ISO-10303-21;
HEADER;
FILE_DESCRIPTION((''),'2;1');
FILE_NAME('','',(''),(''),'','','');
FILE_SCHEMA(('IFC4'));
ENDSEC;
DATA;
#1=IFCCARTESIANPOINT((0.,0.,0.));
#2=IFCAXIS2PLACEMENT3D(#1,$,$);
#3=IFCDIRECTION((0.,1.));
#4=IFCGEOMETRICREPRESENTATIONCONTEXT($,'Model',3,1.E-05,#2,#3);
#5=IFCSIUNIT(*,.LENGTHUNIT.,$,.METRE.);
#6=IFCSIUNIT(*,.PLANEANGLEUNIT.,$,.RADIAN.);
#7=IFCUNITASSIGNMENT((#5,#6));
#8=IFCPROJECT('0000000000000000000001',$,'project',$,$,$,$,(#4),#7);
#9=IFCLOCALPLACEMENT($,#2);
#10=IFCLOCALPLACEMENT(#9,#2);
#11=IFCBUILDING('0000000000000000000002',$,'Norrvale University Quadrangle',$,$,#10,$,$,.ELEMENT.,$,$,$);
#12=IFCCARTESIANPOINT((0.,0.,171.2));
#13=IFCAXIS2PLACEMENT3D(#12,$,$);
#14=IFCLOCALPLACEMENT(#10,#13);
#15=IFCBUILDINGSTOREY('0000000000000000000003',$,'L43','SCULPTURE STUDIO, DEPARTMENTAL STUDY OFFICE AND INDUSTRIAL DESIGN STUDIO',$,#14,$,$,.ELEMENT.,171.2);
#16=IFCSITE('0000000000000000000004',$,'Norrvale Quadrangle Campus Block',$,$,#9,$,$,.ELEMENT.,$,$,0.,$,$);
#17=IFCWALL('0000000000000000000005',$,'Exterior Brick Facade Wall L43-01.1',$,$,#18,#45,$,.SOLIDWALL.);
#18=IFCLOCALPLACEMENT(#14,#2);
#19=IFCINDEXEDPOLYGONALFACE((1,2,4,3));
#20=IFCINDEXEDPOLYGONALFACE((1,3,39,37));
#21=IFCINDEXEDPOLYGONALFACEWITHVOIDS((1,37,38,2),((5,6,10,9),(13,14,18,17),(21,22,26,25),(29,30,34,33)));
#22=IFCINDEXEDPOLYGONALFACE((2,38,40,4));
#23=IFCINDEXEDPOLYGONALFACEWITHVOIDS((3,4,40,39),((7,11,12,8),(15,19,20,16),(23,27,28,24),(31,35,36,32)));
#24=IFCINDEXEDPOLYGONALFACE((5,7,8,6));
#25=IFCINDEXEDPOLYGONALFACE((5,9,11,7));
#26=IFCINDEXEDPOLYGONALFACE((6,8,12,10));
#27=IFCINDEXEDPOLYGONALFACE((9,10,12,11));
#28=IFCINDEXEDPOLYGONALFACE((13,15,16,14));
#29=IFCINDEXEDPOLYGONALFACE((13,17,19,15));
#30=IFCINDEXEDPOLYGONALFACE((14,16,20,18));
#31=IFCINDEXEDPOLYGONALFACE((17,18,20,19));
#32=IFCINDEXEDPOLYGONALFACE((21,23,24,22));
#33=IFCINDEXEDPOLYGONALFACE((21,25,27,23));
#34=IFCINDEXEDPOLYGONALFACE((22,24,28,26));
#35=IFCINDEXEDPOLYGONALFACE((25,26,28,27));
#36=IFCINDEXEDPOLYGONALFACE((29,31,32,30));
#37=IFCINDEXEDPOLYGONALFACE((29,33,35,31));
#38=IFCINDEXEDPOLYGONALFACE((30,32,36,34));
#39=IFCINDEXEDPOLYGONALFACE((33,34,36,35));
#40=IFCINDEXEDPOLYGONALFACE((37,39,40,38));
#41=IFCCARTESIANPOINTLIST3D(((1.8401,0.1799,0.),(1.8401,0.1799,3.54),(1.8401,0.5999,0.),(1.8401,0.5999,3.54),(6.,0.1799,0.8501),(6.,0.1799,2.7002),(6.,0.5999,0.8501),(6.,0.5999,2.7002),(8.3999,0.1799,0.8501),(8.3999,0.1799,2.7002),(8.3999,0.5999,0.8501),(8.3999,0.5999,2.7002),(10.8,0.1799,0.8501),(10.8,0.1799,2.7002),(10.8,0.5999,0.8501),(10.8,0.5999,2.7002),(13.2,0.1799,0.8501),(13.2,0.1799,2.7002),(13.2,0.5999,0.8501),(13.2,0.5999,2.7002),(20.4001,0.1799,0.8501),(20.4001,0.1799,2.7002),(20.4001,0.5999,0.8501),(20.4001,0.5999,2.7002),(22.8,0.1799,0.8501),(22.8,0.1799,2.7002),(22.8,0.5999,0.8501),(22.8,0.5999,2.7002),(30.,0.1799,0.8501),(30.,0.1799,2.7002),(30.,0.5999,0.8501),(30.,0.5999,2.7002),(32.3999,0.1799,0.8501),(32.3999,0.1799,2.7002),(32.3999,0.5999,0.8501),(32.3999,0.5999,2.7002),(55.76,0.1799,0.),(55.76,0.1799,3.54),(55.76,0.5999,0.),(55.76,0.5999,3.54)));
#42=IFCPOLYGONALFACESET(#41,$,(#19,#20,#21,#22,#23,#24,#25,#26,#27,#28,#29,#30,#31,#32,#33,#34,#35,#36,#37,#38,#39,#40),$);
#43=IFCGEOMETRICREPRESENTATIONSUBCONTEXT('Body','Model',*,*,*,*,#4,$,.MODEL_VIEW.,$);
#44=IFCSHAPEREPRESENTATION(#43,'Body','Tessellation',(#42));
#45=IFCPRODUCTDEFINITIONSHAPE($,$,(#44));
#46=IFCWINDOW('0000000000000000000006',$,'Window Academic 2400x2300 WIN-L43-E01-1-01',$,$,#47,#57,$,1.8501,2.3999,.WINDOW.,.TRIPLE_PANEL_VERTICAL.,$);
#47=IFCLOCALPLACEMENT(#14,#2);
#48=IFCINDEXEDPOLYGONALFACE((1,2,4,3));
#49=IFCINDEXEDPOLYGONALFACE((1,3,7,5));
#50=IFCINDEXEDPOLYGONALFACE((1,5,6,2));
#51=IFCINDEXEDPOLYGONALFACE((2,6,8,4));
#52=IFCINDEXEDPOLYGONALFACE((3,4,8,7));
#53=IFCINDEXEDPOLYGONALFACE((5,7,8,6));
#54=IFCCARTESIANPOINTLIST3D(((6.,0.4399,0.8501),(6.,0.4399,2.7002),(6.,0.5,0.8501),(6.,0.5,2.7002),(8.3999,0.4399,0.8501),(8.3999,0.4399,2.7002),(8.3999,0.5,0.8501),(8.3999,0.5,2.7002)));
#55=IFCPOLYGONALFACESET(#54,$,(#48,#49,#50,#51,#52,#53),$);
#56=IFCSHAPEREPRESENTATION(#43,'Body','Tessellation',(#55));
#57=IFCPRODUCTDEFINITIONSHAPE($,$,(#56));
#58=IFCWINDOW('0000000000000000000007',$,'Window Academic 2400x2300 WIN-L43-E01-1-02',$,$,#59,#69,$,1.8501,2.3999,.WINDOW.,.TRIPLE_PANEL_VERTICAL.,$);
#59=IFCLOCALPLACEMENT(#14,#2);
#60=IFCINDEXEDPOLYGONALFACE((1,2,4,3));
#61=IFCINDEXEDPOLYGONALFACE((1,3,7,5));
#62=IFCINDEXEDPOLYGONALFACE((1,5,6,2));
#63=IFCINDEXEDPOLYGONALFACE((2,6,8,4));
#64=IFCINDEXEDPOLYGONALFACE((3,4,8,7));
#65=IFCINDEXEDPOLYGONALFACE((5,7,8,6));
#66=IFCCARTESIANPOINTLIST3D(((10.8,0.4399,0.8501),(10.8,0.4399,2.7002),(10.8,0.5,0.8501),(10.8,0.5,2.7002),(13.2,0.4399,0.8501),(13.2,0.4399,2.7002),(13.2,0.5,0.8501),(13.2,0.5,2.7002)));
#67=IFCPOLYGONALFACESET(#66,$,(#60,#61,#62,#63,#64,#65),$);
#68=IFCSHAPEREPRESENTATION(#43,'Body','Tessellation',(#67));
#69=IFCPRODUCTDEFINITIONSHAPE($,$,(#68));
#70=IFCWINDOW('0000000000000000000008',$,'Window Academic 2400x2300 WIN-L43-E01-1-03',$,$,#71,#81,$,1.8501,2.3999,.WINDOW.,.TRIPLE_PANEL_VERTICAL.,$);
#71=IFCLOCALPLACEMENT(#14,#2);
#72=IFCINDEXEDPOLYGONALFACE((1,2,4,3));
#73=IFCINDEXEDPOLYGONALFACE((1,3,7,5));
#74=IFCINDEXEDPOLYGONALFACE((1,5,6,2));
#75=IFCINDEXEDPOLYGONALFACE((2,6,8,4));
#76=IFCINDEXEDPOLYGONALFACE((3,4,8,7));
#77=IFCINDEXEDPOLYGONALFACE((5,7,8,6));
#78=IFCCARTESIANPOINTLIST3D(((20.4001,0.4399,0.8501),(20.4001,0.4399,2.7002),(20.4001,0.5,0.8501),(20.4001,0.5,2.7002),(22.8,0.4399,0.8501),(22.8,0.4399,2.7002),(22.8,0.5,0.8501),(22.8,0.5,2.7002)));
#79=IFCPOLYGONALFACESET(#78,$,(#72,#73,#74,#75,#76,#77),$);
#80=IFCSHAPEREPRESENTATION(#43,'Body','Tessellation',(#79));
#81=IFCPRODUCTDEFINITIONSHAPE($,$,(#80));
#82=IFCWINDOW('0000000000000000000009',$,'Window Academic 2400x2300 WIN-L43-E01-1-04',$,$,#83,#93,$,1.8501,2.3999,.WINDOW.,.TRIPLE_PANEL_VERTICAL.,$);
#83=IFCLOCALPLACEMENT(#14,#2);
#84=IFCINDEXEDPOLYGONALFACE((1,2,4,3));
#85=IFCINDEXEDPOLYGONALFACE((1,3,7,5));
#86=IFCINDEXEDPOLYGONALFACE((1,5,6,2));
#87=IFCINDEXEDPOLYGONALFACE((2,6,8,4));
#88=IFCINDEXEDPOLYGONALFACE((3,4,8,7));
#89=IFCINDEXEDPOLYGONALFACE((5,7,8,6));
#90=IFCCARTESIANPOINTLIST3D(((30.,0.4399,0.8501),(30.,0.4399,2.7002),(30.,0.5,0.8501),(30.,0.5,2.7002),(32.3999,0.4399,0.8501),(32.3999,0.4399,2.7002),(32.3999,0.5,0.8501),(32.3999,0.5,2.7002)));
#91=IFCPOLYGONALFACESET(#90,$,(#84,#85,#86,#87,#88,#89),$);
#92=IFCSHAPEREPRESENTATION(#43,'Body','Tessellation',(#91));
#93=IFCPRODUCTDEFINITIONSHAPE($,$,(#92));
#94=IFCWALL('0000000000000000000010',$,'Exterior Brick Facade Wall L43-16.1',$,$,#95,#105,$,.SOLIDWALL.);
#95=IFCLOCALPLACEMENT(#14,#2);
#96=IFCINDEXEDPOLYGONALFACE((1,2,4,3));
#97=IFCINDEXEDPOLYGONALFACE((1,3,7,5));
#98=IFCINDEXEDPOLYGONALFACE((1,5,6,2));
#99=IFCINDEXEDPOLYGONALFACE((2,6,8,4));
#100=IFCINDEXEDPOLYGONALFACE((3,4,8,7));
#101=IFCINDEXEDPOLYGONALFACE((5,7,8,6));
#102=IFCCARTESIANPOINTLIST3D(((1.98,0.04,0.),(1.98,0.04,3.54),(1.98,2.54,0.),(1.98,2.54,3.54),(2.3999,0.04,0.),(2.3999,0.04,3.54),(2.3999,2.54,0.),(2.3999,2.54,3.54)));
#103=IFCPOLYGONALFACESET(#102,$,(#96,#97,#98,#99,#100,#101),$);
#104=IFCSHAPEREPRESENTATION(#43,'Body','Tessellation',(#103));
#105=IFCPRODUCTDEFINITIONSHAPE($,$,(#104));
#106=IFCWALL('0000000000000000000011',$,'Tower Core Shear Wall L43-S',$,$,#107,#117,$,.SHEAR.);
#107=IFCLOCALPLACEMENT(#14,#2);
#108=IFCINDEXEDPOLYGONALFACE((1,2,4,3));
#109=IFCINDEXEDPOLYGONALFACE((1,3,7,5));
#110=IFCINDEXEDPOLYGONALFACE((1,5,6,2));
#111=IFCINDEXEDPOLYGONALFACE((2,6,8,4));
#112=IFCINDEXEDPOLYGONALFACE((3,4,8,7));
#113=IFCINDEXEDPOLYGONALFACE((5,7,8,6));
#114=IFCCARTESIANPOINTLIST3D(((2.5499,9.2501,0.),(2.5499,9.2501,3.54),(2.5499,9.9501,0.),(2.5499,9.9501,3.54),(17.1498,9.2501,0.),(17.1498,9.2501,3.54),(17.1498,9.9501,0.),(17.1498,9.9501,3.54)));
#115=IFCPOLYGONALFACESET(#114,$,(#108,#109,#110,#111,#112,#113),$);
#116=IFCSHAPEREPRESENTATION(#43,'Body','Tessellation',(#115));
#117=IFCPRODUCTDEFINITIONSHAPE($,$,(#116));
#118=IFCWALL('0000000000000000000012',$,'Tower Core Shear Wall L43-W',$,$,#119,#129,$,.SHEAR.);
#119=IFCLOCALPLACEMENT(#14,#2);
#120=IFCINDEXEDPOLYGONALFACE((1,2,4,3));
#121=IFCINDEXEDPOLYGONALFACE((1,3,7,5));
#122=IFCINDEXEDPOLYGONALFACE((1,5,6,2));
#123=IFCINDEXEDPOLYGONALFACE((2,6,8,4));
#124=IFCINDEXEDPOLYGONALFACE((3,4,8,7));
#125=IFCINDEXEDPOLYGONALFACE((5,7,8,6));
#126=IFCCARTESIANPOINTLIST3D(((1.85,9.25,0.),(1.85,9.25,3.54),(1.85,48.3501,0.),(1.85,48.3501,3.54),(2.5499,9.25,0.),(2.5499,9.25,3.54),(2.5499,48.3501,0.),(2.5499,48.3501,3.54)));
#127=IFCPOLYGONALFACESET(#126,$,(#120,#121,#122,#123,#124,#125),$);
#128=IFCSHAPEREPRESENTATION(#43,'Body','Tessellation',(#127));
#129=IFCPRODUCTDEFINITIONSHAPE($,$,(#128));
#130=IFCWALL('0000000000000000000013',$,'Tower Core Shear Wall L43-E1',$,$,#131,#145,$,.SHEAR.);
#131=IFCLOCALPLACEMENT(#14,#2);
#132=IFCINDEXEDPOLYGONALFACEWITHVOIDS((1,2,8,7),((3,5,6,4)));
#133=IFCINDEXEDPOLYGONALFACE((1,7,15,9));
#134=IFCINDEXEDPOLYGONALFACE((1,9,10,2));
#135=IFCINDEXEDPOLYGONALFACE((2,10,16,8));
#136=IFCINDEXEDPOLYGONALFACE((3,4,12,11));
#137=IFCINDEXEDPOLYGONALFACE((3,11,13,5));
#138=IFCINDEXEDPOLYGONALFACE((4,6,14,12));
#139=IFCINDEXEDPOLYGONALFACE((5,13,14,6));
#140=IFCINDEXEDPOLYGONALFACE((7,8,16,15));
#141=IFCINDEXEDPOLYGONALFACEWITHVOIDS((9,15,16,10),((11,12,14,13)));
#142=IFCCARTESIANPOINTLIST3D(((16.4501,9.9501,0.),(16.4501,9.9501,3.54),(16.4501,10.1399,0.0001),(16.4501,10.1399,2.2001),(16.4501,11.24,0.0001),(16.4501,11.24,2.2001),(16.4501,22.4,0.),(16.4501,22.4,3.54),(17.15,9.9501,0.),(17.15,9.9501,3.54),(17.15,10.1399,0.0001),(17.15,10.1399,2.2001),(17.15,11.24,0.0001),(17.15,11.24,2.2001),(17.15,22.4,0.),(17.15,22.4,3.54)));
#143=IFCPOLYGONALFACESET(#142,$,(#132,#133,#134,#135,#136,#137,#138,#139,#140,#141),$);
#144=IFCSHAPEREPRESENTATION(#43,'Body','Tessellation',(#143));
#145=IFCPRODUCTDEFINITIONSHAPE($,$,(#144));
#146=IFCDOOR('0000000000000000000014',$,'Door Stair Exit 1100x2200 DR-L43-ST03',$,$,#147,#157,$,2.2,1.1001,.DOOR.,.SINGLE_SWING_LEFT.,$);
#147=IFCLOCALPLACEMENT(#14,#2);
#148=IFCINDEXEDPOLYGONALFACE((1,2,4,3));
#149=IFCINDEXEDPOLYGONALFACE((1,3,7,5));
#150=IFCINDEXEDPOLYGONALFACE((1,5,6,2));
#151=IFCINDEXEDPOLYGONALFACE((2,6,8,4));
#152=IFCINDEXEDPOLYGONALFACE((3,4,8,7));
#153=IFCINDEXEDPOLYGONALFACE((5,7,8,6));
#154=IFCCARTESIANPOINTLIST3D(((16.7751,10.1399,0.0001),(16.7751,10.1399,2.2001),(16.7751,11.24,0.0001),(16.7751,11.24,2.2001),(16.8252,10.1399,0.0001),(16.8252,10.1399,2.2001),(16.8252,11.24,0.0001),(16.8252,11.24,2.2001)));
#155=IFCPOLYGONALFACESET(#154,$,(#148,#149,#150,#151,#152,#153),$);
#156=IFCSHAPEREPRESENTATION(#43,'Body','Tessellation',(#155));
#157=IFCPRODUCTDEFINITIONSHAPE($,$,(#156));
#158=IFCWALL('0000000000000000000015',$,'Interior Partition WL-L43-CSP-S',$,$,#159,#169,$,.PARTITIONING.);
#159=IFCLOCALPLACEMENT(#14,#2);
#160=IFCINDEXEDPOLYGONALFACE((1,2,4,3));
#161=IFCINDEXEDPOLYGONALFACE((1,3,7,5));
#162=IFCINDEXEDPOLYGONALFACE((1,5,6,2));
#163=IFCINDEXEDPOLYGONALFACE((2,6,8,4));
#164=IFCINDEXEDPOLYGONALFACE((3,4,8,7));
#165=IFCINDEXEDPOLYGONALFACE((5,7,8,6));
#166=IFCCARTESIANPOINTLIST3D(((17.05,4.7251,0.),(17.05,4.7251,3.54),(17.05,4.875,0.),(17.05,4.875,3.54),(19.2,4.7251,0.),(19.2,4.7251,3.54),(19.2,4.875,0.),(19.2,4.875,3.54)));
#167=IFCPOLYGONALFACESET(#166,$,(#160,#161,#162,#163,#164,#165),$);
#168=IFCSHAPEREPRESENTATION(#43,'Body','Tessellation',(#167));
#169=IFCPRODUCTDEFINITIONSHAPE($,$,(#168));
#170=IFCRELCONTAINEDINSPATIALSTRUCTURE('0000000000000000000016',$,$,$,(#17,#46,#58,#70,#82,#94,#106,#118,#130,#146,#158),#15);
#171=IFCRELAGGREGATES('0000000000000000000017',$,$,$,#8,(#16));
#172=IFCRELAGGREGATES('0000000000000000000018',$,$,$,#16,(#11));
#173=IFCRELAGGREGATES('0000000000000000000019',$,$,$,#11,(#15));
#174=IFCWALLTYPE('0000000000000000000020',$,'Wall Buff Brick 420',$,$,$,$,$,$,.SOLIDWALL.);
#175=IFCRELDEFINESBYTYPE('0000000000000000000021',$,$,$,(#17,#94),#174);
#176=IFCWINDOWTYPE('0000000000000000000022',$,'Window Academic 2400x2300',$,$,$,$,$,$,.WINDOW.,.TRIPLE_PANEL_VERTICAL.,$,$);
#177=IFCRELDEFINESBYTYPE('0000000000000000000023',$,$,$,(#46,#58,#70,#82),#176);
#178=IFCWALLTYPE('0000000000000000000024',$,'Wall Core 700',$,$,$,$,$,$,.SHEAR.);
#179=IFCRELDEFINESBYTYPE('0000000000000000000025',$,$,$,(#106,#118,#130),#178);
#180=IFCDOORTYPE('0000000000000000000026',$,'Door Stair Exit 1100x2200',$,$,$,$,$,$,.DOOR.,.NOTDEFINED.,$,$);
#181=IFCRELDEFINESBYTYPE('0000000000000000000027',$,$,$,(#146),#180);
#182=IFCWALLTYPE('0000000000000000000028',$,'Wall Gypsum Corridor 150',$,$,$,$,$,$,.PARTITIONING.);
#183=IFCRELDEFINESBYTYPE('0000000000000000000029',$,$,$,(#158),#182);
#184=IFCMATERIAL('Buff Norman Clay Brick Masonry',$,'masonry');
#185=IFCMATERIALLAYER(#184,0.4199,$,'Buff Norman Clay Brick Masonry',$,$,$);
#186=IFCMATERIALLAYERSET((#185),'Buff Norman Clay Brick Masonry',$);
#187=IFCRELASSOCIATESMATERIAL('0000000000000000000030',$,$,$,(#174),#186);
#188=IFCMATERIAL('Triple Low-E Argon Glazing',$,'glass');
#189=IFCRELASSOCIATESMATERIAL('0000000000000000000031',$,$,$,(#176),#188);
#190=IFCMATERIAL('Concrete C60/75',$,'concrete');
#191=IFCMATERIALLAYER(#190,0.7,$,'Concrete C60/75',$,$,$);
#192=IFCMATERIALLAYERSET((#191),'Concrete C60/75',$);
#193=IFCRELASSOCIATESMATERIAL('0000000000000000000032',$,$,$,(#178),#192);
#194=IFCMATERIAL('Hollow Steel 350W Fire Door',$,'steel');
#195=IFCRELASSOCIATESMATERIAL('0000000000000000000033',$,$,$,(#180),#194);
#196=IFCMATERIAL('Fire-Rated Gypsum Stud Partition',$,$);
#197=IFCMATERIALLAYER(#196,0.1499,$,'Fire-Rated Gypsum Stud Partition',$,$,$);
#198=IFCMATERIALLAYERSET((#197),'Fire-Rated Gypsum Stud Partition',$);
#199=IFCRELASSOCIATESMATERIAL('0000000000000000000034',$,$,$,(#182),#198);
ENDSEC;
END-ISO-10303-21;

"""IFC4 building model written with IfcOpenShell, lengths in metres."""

from ifc_helpers import new_model, si_unit, direction, frame, frame_2d, origin, place, context, subcontext, project, spatial, rectangle, extrude, material, layer, layer_set, type_object, element, fill, save


model = new_model("IFC4")

# Units and contexts
model_context = context("Model", 3, precision=1e-05, world=origin(), true_north=direction((0.0, 1.0)))
body_context = subcontext(model_context, "Body", "Model", "MODEL_VIEW")
ifc_project = project(units=[si_unit("LENGTHUNIT", "METRE"), si_unit("PLANEANGLEUNIT", "RADIAN")], contexts=[model_context])

# Site, building, storey
site_placement = place(None, origin())
site = spatial("IfcSite", under=ifc_project, at=site_placement, Name="Norrvale Quadrangle Campus Block", CompositionType="ELEMENT", RefElevation=0.0)
building_placement = place(site_placement, origin())
building = spatial("IfcBuilding", under=site, at=building_placement, Name="Norrvale University Quadrangle", CompositionType="ELEMENT")
storey_placement = place(building_placement, frame((0.0, 0.0, 171.2)))
storey = spatial("IfcBuildingStorey", under=building, at=storey_placement, Name="L43", Description="SCULPTURE STUDIO, DEPARTMENTAL STUDY OFFICE AND INDUSTRIAL DESIGN STUDIO", CompositionType="ELEMENT", Elevation=171.2)

# Shared definitions
ifc_material_1 = material(Name="Concrete C60/75", Category="concrete")

# Wall, openings, windows
ifc_material_2 = material(Name="Buff Norman Clay Brick Masonry", Category="masonry")
ifc_layer_1 = layer(ifc_material_2, 0.4199, Name="Buff Norman Clay Brick Masonry")
ifc_layer_set_1 = layer_set([ifc_layer_1], Name="Buff Norman Clay Brick Masonry")
wall_type_1 = type_object("IfcWallType", Name="Wall Buff Brick 420", PredefinedType="SOLIDWALL", material=ifc_layer_set_1)
wall_1_placement = place(storey_placement, frame((1.8401, 0.3899, 0.0), z_axis=(0.0, 0.0, 1.0), x_axis=(1.0, 0.0, 0.0)))
wall_1 = element("IfcWall", 1, at=wall_1_placement, inside=storey, type_object=wall_type_1, Name="Exterior Brick Facade Wall L43-01.1", PredefinedType="SOLIDWALL", context=body_context, shape_type="SweptSolid", body=[
    extrude(rectangle(XDim=53.9199, YDim=0.4199, at=frame_2d((26.96, 0.0))), origin(), (0.0, 0.0, 1.0), 3.54),
])
opening_1_placement = place(wall_1_placement, frame((4.1599, 0.0, 0.8501)))
opening_1 = element("IfcOpeningElement", 2, at=opening_1_placement, cuts=wall_1, PredefinedType="OPENING", context=body_context, shape_type="SweptSolid", body=[
    extrude(rectangle(XDim=2.3999, YDim=1.8501, at=frame_2d((1.2, 0.925))), frame((0.0, 0.2219, 0.0), z_axis=(0.0, -1.0, 0.0), x_axis=(1.0, 0.0, 0.0)), (0.0, 0.0, 1.0), 0.4438),
])
opening_2_placement = place(wall_1_placement, frame((8.96, 0.0, 0.8501)))
opening_2 = element("IfcOpeningElement", 3, at=opening_2_placement, cuts=wall_1, PredefinedType="OPENING", context=body_context, shape_type="SweptSolid", body=[
    extrude(rectangle(XDim=2.3999, YDim=1.8501, at=frame_2d((1.2, 0.925))), frame((0.0, 0.2219, 0.0), z_axis=(0.0, -1.0, 0.0), x_axis=(1.0, 0.0, 0.0)), (0.0, 0.0, 1.0), 0.4438),
])
opening_3_placement = place(wall_1_placement, frame((18.5601, 0.0, 0.8501)))
opening_3 = element("IfcOpeningElement", 4, at=opening_3_placement, cuts=wall_1, PredefinedType="OPENING", context=body_context, shape_type="SweptSolid", body=[
    extrude(rectangle(XDim=2.3999, YDim=1.8501, at=frame_2d((1.2, 0.925))), frame((0.0, 0.2219, 0.0), z_axis=(0.0, -1.0, 0.0), x_axis=(1.0, 0.0, 0.0)), (0.0, 0.0, 1.0), 0.4438),
])
opening_4_placement = place(wall_1_placement, frame((28.1599, 0.0, 0.8501)))
opening_4 = element("IfcOpeningElement", 5, at=opening_4_placement, cuts=wall_1, PredefinedType="OPENING", context=body_context, shape_type="SweptSolid", body=[
    extrude(rectangle(XDim=2.3999, YDim=1.8501, at=frame_2d((1.2, 0.925))), frame((0.0, 0.2219, 0.0), z_axis=(0.0, -1.0, 0.0), x_axis=(1.0, 0.0, 0.0)), (0.0, 0.0, 1.0), 0.4438),
])
ifc_material_3 = material(Name="Triple Low-E Argon Glazing", Category="glass")
window_type = type_object("IfcWindowType", Name="Window Academic 2400x2300", PartitioningType="TRIPLE_PANEL_VERTICAL", PredefinedType="WINDOW", material=ifc_material_3)
window_1_placement = place(opening_1_placement, origin())
window_1 = element("IfcWindow", 6, at=window_1_placement, inside=storey, type_object=window_type, Name="Window Academic 2400x2300 WIN-L43-E01-1-01", OverallHeight=1.8501, OverallWidth=2.3999, PartitioningType="TRIPLE_PANEL_VERTICAL", PredefinedType="WINDOW", context=body_context, shape_type="SweptSolid", body=[
    extrude(rectangle(XDim=2.3999, YDim=1.8501, at=frame_2d((1.2, 0.925))), frame((0.0, 0.1101, 0.0), z_axis=(0.0, -1.0, 0.0), x_axis=(1.0, 0.0, 0.0)), (0.0, 0.0, 1.0), 0.0601),
])
fill(opening_1, window_1)
window_2_placement = place(opening_2_placement, origin())
window_2 = element("IfcWindow", 7, at=window_2_placement, inside=storey, type_object=window_type, Name="Window Academic 2400x2300 WIN-L43-E01-1-02", OverallHeight=1.8501, OverallWidth=2.3999, PartitioningType="TRIPLE_PANEL_VERTICAL", PredefinedType="WINDOW", context=body_context, shape_type="SweptSolid", body=[
    extrude(rectangle(XDim=2.3999, YDim=1.8501, at=frame_2d((1.2, 0.925))), frame((0.0, 0.1101, 0.0), z_axis=(0.0, -1.0, 0.0), x_axis=(1.0, 0.0, 0.0)), (0.0, 0.0, 1.0), 0.0601),
])
fill(opening_2, window_2)
window_3_placement = place(opening_3_placement, origin())
window_3 = element("IfcWindow", 8, at=window_3_placement, inside=storey, type_object=window_type, Name="Window Academic 2400x2300 WIN-L43-E01-1-03", OverallHeight=1.8501, OverallWidth=2.3999, PartitioningType="TRIPLE_PANEL_VERTICAL", PredefinedType="WINDOW", context=body_context, shape_type="SweptSolid", body=[
    extrude(rectangle(XDim=2.3999, YDim=1.8501, at=frame_2d((1.2, 0.925))), frame((0.0, 0.1101, 0.0), z_axis=(0.0, -1.0, 0.0), x_axis=(1.0, 0.0, 0.0)), (0.0, 0.0, 1.0), 0.0601),
])
fill(opening_3, window_3)
window_4_placement = place(opening_4_placement, origin())
window_4 = element("IfcWindow", 9, at=window_4_placement, inside=storey, type_object=window_type, Name="Window Academic 2400x2300 WIN-L43-E01-1-04", OverallHeight=1.8501, OverallWidth=2.3999, PartitioningType="TRIPLE_PANEL_VERTICAL", PredefinedType="WINDOW", context=body_context, shape_type="SweptSolid", body=[
    extrude(rectangle(XDim=2.3999, YDim=1.8501, at=frame_2d((1.2, 0.925))), frame((0.0, 0.1101, 0.0), z_axis=(0.0, -1.0, 0.0), x_axis=(1.0, 0.0, 0.0)), (0.0, 0.0, 1.0), 0.0601),
])
fill(opening_4, window_4)

# Walls
wall_2_placement = place(storey_placement, frame((2.1899, 2.54, 0.0), z_axis=(0.0, 0.0, 1.0), x_axis=(0.0, -1.0, 0.0)))
element("IfcWall", 10, at=wall_2_placement, inside=storey, type_object=wall_type_1, Name="Exterior Brick Facade Wall L43-16.1", PredefinedType="SOLIDWALL", context=body_context, shape_type="SweptSolid", body=[
    extrude(rectangle(XDim=2.5, YDim=0.4199, at=frame_2d((1.25, 0.0))), origin(), (0.0, 0.0, 1.0), 3.54),
])
ifc_layer_2 = layer(ifc_material_1, 0.7, Name="Concrete C60/75")
ifc_layer_set_2 = layer_set([ifc_layer_2], Name="Concrete C60/75")
wall_type_2 = type_object("IfcWallType", Name="Wall Core 700", PredefinedType="SHEAR", material=ifc_layer_set_2)
wall_3_placement = place(storey_placement, frame((2.55, 9.6001, 0.0), z_axis=(0.0, 0.0, 1.0), x_axis=(1.0, 0.0, 0.0)))
element("IfcWall", 11, at=wall_3_placement, inside=storey, type_object=wall_type_2, Name="Tower Core Shear Wall L43-S", PredefinedType="SHEAR", context=body_context, shape_type="SweptSolid", body=[
    extrude(rectangle(XDim=14.5999, YDim=0.7, at=frame_2d((7.2998, 0.0))), origin(), (0.0, 0.0, 1.0), 3.54),
])
wall_4_placement = place(storey_placement, frame((2.2, 9.25, 0.0), z_axis=(0.0, 0.0, 1.0), x_axis=(0.0, 1.0, 0.0)))
element("IfcWall", 12, at=wall_4_placement, inside=storey, type_object=wall_type_2, Name="Tower Core Shear Wall L43-W", PredefinedType="SHEAR", context=body_context, shape_type="SweptSolid", body=[
    extrude(rectangle(XDim=39.1001, YDim=0.7, at=frame_2d((19.55, 0.0))), origin(), (0.0, 0.0, 1.0), 3.54),
])

# Wall, opening, door
wall_5_placement = place(storey_placement, frame((16.8, 9.95, 0.0), z_axis=(0.0, 0.0, 1.0), x_axis=(0.0, 1.0, 0.0)))
wall_5 = element("IfcWall", 13, at=wall_5_placement, inside=storey, type_object=wall_type_2, Name="Tower Core Shear Wall L43-E1", PredefinedType="SHEAR", context=body_context, shape_type="SweptSolid", body=[
    extrude(rectangle(XDim=12.45, YDim=0.7, at=frame_2d((6.2251, 0.0))), origin(), (0.0, 0.0, 1.0), 3.54),
])
opening_5_placement = place(wall_5_placement, frame((0.1899, 0.0, 0.0)))
opening_5 = element("IfcOpeningElement", 14, at=opening_5_placement, cuts=wall_5, PredefinedType="OPENING", context=body_context, shape_type="SweptSolid", body=[
    extrude(rectangle(XDim=1.1001, YDim=2.2, at=frame_2d((0.55, 1.1001))), frame((0.0, 0.3621, 0.0), z_axis=(0.0, -1.0, 0.0), x_axis=(1.0, 0.0, 0.0)), (0.0, 0.0, 1.0), 0.7239),
])
ifc_material_4 = material(Name="Hollow Steel 350W Fire Door", Category="steel")
door_type_1 = type_object("IfcDoorType", Name="Door Stair Exit 1100x2200", OperationType="NOTDEFINED", PredefinedType="DOOR", material=ifc_material_4)
door_1_placement = place(opening_5_placement, origin())
door_1 = element("IfcDoor", 15, at=door_1_placement, inside=storey, type_object=door_type_1, Name="Door Stair Exit 1100x2200 DR-L43-ST03", OperationType="SINGLE_SWING_LEFT", OverallHeight=2.2, OverallWidth=1.1001, PredefinedType="DOOR", context=body_context, shape_type="SweptSolid", body=[
    extrude(rectangle(XDim=1.1001, YDim=2.2, at=frame_2d((0.55, 1.1001))), frame((0.0, 0.0249, 0.0), z_axis=(0.0, -1.0, 0.0), x_axis=(1.0, 0.0, 0.0)), (0.0, 0.0, 1.0), 0.05),
])
fill(opening_5, door_1)

# Wall
ifc_material_5 = material(Name="Fire-Rated Gypsum Stud Partition")
ifc_layer_3 = layer(ifc_material_5, 0.1499, Name="Fire-Rated Gypsum Stud Partition")
ifc_layer_set_3 = layer_set([ifc_layer_3], Name="Fire-Rated Gypsum Stud Partition")
wall_type_3 = type_object("IfcWallType", Name="Wall Gypsum Corridor 150", PredefinedType="PARTITIONING", material=ifc_layer_set_3)
wall_6_placement = place(storey_placement, frame((17.05, 4.8, 0.0), z_axis=(0.0, 0.0, 1.0), x_axis=(1.0, 0.0, 0.0)))
element("IfcWall", 16, at=wall_6_placement, inside=storey, type_object=wall_type_3, Name="Interior Partition WL-L43-CSP-S", PredefinedType="PARTITIONING", context=body_context, shape_type="SweptSolid", body=[
    extrude(rectangle(XDim=2.1499, YDim=0.1499, at=frame_2d((1.075, 0.0))), origin(), (0.0, 0.0, 1.0), 3.54),
])

save(model, "model.ifc")
